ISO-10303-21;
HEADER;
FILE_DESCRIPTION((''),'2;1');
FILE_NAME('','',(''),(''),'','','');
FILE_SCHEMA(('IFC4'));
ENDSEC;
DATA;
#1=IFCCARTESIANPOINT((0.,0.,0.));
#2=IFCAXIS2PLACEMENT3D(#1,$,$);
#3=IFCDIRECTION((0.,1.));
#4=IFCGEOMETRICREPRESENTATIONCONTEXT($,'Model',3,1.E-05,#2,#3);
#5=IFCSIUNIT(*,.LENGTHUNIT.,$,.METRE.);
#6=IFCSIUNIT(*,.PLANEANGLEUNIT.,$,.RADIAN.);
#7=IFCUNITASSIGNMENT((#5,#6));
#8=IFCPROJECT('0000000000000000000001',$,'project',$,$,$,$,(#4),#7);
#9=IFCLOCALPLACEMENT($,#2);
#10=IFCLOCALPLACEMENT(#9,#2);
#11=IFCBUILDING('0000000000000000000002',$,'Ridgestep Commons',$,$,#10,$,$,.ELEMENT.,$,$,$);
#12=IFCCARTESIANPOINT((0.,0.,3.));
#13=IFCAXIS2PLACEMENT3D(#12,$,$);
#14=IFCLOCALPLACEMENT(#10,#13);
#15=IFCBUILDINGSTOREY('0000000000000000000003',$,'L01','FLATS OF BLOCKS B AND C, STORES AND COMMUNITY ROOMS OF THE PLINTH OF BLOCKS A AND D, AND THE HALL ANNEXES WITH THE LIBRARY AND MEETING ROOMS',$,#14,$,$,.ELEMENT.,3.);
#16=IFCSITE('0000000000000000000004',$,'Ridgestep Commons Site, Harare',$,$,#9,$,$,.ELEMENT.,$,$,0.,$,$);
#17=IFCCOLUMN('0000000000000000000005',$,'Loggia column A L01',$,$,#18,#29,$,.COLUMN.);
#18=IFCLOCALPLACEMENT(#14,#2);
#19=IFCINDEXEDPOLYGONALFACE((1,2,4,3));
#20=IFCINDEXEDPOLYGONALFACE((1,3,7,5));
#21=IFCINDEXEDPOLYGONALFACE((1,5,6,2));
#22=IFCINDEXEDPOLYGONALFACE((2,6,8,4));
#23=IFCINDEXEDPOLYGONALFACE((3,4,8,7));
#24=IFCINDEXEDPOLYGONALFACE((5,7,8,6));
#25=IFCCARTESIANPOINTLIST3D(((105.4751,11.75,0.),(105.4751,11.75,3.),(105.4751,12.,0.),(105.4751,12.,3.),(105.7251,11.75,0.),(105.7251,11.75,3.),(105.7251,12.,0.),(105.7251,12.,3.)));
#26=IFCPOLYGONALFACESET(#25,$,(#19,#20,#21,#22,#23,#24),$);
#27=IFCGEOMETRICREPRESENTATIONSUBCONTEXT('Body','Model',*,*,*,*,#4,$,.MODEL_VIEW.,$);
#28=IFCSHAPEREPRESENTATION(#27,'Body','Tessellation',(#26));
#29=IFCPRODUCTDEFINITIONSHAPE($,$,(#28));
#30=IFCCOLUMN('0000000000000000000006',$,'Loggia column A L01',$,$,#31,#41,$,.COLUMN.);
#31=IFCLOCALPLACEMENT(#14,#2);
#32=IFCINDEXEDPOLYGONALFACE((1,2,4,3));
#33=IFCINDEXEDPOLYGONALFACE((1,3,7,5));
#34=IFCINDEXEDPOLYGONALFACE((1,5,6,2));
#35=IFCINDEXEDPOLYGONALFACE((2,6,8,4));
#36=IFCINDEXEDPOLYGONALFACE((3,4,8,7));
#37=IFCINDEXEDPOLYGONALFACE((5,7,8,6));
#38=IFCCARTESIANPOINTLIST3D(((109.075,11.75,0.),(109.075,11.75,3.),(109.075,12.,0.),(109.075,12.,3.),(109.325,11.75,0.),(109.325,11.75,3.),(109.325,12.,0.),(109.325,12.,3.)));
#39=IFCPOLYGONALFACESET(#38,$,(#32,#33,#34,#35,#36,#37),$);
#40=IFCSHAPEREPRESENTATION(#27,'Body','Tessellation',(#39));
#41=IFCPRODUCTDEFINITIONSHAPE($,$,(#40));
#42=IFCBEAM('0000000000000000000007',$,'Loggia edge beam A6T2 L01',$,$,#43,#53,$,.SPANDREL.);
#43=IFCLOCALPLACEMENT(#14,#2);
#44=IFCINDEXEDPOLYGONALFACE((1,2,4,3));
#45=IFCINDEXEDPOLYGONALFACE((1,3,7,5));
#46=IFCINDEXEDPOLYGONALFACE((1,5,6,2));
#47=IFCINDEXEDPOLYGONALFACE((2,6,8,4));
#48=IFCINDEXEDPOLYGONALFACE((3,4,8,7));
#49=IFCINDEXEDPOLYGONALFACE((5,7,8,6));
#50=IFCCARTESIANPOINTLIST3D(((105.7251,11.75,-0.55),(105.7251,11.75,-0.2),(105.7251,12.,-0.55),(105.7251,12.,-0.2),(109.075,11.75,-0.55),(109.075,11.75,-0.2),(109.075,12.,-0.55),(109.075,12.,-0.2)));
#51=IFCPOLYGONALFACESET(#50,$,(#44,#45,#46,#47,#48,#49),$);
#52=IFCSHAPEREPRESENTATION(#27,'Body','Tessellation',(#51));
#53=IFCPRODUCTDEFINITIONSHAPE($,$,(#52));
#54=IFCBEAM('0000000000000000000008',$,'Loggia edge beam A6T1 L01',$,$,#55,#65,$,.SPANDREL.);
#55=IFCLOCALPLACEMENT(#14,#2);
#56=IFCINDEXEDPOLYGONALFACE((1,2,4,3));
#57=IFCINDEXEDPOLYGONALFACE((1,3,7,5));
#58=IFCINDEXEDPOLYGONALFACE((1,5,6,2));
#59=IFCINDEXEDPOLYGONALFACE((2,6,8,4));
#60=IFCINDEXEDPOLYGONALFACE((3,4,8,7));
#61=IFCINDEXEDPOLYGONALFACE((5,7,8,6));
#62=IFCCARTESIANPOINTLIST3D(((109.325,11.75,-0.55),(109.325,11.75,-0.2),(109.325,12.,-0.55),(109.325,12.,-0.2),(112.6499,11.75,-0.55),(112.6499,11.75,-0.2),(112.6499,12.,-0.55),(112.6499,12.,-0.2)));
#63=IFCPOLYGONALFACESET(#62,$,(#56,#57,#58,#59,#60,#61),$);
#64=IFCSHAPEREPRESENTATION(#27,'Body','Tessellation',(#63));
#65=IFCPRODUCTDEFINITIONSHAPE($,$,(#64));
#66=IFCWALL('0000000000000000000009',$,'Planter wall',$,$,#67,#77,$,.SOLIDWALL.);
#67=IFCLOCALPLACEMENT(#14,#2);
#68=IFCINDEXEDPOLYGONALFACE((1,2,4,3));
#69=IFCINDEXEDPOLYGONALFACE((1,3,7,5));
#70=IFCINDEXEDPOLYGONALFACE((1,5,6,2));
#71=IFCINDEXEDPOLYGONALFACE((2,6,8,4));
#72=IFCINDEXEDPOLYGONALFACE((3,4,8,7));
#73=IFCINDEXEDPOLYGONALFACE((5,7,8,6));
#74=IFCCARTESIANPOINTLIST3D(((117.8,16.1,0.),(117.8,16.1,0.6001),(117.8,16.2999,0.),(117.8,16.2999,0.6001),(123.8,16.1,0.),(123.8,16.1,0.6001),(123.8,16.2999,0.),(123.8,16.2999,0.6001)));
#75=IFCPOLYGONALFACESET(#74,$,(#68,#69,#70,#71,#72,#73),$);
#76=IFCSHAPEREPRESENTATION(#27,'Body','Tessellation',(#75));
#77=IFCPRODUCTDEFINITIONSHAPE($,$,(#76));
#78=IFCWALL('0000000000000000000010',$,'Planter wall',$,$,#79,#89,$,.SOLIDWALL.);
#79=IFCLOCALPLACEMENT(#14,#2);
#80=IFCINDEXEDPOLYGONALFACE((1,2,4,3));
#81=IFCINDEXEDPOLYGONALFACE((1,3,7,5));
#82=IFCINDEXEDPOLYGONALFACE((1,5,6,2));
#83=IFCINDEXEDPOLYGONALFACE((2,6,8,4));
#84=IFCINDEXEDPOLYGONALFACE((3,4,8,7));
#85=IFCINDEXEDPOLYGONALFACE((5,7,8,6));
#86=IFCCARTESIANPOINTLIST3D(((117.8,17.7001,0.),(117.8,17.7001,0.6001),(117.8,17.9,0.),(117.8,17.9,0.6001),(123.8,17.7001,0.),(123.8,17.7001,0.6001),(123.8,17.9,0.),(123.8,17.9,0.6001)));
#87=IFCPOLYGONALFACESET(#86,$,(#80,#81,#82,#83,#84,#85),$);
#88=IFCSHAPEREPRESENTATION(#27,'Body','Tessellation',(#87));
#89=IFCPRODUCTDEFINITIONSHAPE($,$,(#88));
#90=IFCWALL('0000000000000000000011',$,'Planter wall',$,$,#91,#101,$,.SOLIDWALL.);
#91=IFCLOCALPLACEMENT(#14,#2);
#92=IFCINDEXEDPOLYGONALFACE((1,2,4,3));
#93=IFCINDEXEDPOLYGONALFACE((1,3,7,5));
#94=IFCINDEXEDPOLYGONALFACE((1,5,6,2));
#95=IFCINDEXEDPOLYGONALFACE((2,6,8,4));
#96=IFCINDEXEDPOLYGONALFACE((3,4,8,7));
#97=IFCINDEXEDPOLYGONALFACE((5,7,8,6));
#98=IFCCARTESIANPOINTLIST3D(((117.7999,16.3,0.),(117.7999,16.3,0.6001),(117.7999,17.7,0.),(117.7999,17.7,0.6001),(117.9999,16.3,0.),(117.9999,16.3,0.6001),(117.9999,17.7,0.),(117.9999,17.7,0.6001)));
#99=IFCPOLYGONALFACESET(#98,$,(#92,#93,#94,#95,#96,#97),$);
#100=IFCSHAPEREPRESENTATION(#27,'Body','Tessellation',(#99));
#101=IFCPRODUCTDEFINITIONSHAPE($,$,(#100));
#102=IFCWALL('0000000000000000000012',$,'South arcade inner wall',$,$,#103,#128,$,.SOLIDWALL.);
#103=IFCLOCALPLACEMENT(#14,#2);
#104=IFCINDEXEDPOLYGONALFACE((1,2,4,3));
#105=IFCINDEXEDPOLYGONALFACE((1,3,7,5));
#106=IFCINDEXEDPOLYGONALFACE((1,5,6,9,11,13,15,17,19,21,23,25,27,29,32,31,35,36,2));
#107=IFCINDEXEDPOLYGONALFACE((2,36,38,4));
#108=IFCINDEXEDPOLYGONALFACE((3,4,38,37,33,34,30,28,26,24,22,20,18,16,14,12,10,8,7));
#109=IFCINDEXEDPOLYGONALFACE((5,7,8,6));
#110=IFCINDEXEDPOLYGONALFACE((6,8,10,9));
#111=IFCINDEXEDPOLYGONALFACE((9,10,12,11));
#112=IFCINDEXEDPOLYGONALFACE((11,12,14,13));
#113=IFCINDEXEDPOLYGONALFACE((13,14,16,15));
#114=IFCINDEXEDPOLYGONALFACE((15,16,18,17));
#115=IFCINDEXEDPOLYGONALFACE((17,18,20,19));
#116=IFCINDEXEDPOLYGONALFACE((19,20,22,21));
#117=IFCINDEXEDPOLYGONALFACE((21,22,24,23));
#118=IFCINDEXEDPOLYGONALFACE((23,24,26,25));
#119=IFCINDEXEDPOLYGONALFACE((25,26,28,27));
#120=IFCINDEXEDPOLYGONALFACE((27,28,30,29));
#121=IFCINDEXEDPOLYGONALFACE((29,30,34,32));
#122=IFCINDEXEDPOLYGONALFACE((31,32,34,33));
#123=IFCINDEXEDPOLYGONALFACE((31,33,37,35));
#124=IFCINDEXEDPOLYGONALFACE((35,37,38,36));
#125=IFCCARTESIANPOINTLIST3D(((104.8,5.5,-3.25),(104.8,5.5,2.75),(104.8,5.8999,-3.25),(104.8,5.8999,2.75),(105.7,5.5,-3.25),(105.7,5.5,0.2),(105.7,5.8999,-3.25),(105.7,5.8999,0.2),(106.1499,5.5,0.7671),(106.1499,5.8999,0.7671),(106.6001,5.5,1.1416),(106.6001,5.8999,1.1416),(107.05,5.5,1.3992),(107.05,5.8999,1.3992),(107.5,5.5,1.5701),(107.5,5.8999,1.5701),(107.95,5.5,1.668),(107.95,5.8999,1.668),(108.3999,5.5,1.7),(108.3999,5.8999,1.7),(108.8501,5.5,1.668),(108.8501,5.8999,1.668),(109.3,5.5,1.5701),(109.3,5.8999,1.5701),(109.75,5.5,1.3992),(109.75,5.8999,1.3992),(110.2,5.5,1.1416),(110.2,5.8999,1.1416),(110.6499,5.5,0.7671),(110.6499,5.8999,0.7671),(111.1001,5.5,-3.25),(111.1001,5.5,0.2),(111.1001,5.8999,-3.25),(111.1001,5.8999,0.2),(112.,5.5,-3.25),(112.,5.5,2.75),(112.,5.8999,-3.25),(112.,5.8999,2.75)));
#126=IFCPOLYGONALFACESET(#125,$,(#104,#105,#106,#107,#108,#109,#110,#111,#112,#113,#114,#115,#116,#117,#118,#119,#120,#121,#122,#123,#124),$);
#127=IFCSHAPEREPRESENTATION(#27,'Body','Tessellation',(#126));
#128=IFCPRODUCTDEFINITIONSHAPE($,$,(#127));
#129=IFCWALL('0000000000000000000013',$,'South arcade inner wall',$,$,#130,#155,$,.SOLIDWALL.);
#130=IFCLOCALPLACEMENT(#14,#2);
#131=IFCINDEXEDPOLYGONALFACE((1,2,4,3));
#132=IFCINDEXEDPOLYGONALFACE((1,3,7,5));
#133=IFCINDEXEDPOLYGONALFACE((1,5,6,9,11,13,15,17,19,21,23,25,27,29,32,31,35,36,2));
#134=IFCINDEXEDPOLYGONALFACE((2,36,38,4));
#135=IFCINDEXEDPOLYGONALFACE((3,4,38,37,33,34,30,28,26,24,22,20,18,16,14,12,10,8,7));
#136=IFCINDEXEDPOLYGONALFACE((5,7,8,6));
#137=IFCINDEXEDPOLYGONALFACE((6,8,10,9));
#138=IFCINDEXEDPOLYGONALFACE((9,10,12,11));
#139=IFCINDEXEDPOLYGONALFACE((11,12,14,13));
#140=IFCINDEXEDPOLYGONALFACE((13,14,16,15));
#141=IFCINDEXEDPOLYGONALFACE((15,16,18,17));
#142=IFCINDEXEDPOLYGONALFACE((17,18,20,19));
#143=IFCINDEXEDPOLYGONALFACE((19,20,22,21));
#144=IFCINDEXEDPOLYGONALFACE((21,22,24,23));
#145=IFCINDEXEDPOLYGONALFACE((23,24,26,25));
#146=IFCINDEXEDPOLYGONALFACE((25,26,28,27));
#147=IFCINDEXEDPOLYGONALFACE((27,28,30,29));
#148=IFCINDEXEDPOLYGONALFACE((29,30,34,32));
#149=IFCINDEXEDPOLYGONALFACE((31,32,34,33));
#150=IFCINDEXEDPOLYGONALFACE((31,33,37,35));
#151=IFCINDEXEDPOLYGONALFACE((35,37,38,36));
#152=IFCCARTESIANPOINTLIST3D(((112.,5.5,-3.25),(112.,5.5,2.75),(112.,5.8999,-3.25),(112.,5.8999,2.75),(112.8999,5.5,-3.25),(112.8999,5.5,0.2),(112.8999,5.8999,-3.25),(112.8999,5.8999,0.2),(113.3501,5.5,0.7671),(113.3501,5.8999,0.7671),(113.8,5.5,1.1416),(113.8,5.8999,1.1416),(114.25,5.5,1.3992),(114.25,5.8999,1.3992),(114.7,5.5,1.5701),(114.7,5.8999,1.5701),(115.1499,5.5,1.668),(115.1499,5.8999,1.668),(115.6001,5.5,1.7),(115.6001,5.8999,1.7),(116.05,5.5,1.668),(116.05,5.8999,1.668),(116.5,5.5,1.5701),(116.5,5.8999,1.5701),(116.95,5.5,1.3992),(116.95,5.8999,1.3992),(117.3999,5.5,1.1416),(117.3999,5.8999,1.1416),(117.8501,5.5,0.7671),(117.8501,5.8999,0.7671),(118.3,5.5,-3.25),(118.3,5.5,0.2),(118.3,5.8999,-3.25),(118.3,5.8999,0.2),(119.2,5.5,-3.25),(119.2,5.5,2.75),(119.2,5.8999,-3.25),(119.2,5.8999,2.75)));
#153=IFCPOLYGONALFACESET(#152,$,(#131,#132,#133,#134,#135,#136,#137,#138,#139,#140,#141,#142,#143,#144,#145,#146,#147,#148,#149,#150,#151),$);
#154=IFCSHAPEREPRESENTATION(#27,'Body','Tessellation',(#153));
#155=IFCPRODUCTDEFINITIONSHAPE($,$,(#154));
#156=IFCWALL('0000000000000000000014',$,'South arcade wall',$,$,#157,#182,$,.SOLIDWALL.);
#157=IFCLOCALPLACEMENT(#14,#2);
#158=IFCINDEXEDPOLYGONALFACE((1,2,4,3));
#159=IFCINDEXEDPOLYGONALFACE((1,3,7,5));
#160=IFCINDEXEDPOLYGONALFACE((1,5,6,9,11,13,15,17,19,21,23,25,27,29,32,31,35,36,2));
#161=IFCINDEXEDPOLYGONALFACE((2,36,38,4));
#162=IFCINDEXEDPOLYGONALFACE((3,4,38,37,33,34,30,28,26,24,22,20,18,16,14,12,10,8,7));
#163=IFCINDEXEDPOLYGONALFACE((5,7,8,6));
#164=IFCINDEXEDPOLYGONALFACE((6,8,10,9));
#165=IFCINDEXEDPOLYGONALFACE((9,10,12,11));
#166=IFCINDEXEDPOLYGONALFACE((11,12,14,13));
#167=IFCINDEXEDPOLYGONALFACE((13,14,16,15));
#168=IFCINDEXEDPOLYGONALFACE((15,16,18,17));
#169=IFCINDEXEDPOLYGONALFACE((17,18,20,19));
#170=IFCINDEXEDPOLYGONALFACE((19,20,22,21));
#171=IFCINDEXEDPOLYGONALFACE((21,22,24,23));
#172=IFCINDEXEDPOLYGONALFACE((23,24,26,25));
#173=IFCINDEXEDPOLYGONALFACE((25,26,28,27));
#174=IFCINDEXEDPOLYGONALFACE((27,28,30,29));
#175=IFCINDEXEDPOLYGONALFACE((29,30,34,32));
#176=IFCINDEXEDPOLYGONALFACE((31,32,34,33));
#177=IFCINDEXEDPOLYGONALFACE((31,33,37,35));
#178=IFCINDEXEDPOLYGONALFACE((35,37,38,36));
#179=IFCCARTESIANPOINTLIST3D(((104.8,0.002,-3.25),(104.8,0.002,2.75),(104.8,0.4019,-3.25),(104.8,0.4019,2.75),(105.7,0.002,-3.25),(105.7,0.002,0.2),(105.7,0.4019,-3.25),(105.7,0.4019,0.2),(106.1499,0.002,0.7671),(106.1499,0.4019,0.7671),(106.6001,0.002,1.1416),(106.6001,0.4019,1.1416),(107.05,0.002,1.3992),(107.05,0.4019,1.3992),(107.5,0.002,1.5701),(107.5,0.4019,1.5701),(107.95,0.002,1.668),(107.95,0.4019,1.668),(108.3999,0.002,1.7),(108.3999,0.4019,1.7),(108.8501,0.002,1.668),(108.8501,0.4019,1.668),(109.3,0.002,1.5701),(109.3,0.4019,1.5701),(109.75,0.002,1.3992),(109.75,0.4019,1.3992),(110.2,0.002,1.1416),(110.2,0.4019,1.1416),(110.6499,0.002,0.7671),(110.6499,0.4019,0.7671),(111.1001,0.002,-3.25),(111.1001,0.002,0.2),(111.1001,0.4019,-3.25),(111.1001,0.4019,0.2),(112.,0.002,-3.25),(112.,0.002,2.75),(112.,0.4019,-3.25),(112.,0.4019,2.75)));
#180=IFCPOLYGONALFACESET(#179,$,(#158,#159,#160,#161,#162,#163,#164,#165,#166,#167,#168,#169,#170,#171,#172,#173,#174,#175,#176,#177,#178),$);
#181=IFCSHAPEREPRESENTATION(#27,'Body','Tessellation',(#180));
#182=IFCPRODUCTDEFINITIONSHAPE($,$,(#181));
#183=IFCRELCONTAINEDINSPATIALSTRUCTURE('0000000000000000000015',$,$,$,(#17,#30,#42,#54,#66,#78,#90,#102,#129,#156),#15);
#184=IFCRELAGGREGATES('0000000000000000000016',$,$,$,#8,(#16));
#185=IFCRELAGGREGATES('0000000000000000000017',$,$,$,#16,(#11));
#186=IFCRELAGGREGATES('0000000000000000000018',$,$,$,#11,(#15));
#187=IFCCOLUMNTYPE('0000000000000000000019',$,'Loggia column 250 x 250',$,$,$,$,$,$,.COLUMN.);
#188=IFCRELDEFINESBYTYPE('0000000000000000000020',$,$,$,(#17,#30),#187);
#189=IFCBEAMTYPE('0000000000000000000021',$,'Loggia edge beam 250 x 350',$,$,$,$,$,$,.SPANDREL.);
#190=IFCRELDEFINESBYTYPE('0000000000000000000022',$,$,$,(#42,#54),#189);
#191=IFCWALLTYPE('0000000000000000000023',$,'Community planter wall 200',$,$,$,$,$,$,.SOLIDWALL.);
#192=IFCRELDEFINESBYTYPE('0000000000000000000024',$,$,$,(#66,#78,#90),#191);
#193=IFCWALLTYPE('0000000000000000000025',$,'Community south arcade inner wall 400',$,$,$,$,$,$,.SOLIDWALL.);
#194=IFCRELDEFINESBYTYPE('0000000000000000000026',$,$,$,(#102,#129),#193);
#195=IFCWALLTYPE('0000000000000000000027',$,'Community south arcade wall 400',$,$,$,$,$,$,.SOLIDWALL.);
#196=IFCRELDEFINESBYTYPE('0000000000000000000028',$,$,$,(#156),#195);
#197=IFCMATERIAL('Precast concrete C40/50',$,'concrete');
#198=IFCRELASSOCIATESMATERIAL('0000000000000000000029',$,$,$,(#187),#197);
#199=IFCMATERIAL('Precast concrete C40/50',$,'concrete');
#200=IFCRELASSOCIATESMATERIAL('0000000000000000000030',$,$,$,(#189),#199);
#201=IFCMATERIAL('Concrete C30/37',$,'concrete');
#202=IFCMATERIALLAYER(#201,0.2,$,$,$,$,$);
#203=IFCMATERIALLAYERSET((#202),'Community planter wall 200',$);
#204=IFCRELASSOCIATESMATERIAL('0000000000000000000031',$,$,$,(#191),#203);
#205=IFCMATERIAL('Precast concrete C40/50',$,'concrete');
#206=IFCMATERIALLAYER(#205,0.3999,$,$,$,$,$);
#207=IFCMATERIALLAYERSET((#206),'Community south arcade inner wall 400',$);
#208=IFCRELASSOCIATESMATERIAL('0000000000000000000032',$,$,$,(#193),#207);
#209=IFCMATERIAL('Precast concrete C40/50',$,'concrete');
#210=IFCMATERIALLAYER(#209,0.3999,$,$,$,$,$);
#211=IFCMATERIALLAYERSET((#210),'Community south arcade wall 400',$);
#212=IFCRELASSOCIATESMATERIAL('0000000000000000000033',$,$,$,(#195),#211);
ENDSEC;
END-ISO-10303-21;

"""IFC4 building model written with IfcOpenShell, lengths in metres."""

from ifc_helpers import new_model, si_unit, direction, frame, frame_2d, origin, origin_2d, place, context, subcontext, project, spatial, polyline, rectangle, outline, extrude, material, layer, layer_set, material_profile, profile_set, type_object, element, save


model = new_model("IFC4")

# Units and contexts
model_context = context("Model", 3, precision=1e-05, world=origin(), true_north=direction((0.0, 1.0)))
body_context = subcontext(model_context, "Body", "Model", "MODEL_VIEW")
ifc_project = project(units=[si_unit("LENGTHUNIT", "METRE"), si_unit("PLANEANGLEUNIT", "RADIAN")], contexts=[model_context])

# Site, building, storey
site_placement = place(None, origin())
site = spatial("IfcSite", under=ifc_project, at=site_placement, Name="Ridgestep Commons Site, Harare", CompositionType="ELEMENT", RefElevation=0.0)
building_placement = place(site_placement, origin())
building = spatial("IfcBuilding", under=site, at=building_placement, Name="Ridgestep Commons", CompositionType="ELEMENT")
storey_placement = place(building_placement, frame((0.0, 0.0, 3.0)))
storey = spatial("IfcBuildingStorey", under=building, at=storey_placement, Name="L01", Description="FLATS OF BLOCKS B AND C, STORES AND COMMUNITY ROOMS OF THE PLINTH OF BLOCKS A AND D, AND THE HALL ANNEXES WITH THE LIBRARY AND MEETING ROOMS", CompositionType="ELEMENT", Elevation=3.0)

# Columns
ifc_material_1 = material(Name="Precast concrete C40/50", Category="concrete")
ifc_material_profile_1 = material_profile(ifc_material_1, rectangle(XDim=0.25, YDim=0.25, at=origin_2d()), Name="PC 250x250")
ifc_profile_set_1 = profile_set([ifc_material_profile_1], Name="Precast concrete C40/50")
column_type = type_object("IfcColumnType", Name="Loggia column 250 x 250", PredefinedType="COLUMN", material=ifc_profile_set_1)
for number, where, z_axis, x_axis, name in (
    (1, (105.6001, 11.875, 0.0), (0.0, 0.0, 1.0), (1.0, 0.0, 0.0), "Loggia column A L01"),
    (2, (109.2, 11.875, 0.0), (0.0, 0.0, 1.0), (1.0, 0.0, 0.0), "Loggia column A L01"),
):
    element("IfcColumn", number, at=place(storey_placement, frame(where, z_axis=z_axis, x_axis=x_axis)), inside=storey, type_object=column_type, Name=name, PredefinedType="COLUMN", context=body_context, shape_type="SweptSolid", body=[
        extrude(rectangle(XDim=0.25, YDim=0.25, at=origin_2d()), origin(), (0.0, 0.0, 1.0), 3.0),
    ])

# Beams
ifc_material_2 = material(Name="Precast concrete C40/50", Category="concrete")
ifc_material_profile_2 = material_profile(ifc_material_2, rectangle(XDim=0.25, YDim=0.3501, at=origin_2d()), Name="PC 250x350")
ifc_profile_set_2 = profile_set([ifc_material_profile_2], Name="Precast concrete C40/50")
beam_type = type_object("IfcBeamType", Name="Loggia edge beam 250 x 350", PredefinedType="SPANDREL", material=ifc_profile_set_2)
beam_1_placement = place(storey_placement, frame((105.7251, 11.875, -0.375), z_axis=(1.0, 0.0, 0.0), x_axis=(0.0, 1.0, 0.0)))
element("IfcBeam", 3, at=beam_1_placement, inside=storey, type_object=beam_type, Name="Loggia edge beam A6T2 L01", PredefinedType="SPANDREL", context=body_context, shape_type="SweptSolid", body=[
    extrude(rectangle(XDim=0.25, YDim=0.3501, at=origin_2d()), origin(), (0.0, 0.0, 1.0), 3.3499),
])
beam_2_placement = place(storey_placement, frame((109.325, 11.875, -0.375), z_axis=(1.0, 0.0, 0.0), x_axis=(0.0, 1.0, 0.0)))
element("IfcBeam", 4, at=beam_2_placement, inside=storey, type_object=beam_type, Name="Loggia edge beam A6T1 L01", PredefinedType="SPANDREL", context=body_context, shape_type="SweptSolid", body=[
    extrude(rectangle(XDim=0.25, YDim=0.3501, at=origin_2d()), origin(), (0.0, 0.0, 1.0), 3.325),
])

# Walls
ifc_material_3 = material(Name="Concrete C30/37", Category="concrete")
ifc_layer_1 = layer(ifc_material_3, 0.2)
ifc_layer_set_1 = layer_set([ifc_layer_1], Name="Community planter wall 200")
wall_type_1 = type_object("IfcWallType", Name="Community planter wall 200", PredefinedType="SOLIDWALL", material=ifc_layer_set_1)
for number, where, z_axis, x_axis, name in (
    (5, (117.8, 16.2, 0.0), (0.0, 0.0, 1.0), (1.0, 0.0, 0.0), "Planter wall"),
    (6, (117.8, 17.8, 0.0), (0.0, 0.0, 1.0), (1.0, 0.0, 0.0), "Planter wall"),
):
    element("IfcWall", number, at=place(storey_placement, frame(where, z_axis=z_axis, x_axis=x_axis)), inside=storey, type_object=wall_type_1, Name=name, PredefinedType="SOLIDWALL", context=body_context, shape_type="SweptSolid", body=[
        extrude(rectangle(XDim=6.0, YDim=0.2, at=frame_2d((3.0, 0.0))), origin(), (0.0, 0.0, 1.0), 0.6001),
    ])
wall_1_placement = place(storey_placement, frame((117.8999, 16.3, 0.0), z_axis=(0.0, 0.0, 1.0), x_axis=(0.0, 1.0, 0.0)))
element("IfcWall", 7, at=wall_1_placement, inside=storey, type_object=wall_type_1, Name="Planter wall", PredefinedType="SOLIDWALL", context=body_context, shape_type="SweptSolid", body=[
    extrude(rectangle(XDim=1.3999, YDim=0.2, at=frame_2d((0.7, 0.0))), origin(), (0.0, 0.0, 1.0), 0.6001),
])
ifc_material_4 = material(Name="Precast concrete C40/50", Category="concrete")
ifc_layer_2 = layer(ifc_material_4, 0.3999)
ifc_layer_set_2 = layer_set([ifc_layer_2], Name="Community south arcade inner wall 400")
wall_type_2 = type_object("IfcWallType", Name="Community south arcade inner wall 400", PredefinedType="SOLIDWALL", material=ifc_layer_set_2)
wall_2_placement = place(storey_placement, frame((104.8, 5.5, -3.25), z_axis=(0.0, -1.0, 0.0), x_axis=(1.0, 0.0, 0.0)))
element("IfcWall", 8, at=wall_2_placement, inside=storey, type_object=wall_type_2, Name="South arcade inner wall", PredefinedType="SOLIDWALL", context=body_context, shape_type="SweptSolid", body=[
    extrude(outline(polyline([(0.0, 0.0), (0.8999, 0.0), (0.8999, 3.45), (1.3499, 4.0171), (1.8, 4.3916), (2.25, 4.6492), (2.7, 4.8201), (3.1499, 4.918), (3.5999, 4.95), (4.05, 4.918), (4.5, 4.8201), (4.95, 4.6492), (5.3999, 4.3916), (5.8499, 4.0171), (6.3, 3.45), (6.3, 0.0), (7.2, 0.0), (7.2, 6.0), (0.0, 6.0), (0.0, 0.0)])), origin(), (0.0, 0.0, -1.0), 0.3999),
])
wall_3_placement = place(storey_placement, frame((112.0, 5.5, -3.25), z_axis=(0.0, -1.0, 0.0), x_axis=(1.0, 0.0, 0.0)))
element("IfcWall", 9, at=wall_3_placement, inside=storey, type_object=wall_type_2, Name="South arcade inner wall", PredefinedType="SOLIDWALL", context=body_context, shape_type="SweptSolid", body=[
    extrude(outline(polyline([(0.0, 0.0), (0.8999, 0.0), (0.8999, 3.45), (1.3501, 4.0171), (1.8, 4.3916), (2.25, 4.6492), (2.7, 4.8201), (3.1499, 4.918), (3.6001, 4.95), (4.05, 4.918), (4.5, 4.8201), (4.95, 4.6492), (5.3999, 4.3916), (5.8501, 4.0171), (6.3, 3.45), (6.3, 0.0), (7.2, 0.0), (7.2, 6.0), (0.0, 6.0), (0.0, 0.0)])), origin(), (0.0, 0.0, -1.0), 0.3999),
])
ifc_material_5 = material(Name="Precast concrete C40/50", Category="concrete")
ifc_layer_3 = layer(ifc_material_5, 0.3999)
ifc_layer_set_3 = layer_set([ifc_layer_3], Name="Community south arcade wall 400")
wall_type_3 = type_object("IfcWallType", Name="Community south arcade wall 400", PredefinedType="SOLIDWALL", material=ifc_layer_set_3)
wall_4_placement = place(storey_placement, frame((104.8, 0.002, -3.25), z_axis=(0.0, -1.0, 0.0), x_axis=(1.0, 0.0, 0.0)))
element("IfcWall", 10, at=wall_4_placement, inside=storey, type_object=wall_type_3, Name="South arcade wall", PredefinedType="SOLIDWALL", context=body_context, shape_type="SweptSolid", body=[
    extrude(outline(polyline([(0.0, 0.0), (0.8999, 0.0), (0.8999, 3.45), (1.3499, 4.0171), (1.8, 4.3916), (2.25, 4.6492), (2.7, 4.8201), (3.1499, 4.918), (3.5999, 4.95), (4.05, 4.918), (4.5, 4.8201), (4.95, 4.6492), (5.3999, 4.3916), (5.8499, 4.0171), (6.3, 3.45), (6.3, 0.0), (7.2, 0.0), (7.2, 6.0), (0.0, 6.0), (0.0, 0.0)])), origin(), (0.0, 0.0, -1.0), 0.3999),
])

save(model, "model.ifc")
